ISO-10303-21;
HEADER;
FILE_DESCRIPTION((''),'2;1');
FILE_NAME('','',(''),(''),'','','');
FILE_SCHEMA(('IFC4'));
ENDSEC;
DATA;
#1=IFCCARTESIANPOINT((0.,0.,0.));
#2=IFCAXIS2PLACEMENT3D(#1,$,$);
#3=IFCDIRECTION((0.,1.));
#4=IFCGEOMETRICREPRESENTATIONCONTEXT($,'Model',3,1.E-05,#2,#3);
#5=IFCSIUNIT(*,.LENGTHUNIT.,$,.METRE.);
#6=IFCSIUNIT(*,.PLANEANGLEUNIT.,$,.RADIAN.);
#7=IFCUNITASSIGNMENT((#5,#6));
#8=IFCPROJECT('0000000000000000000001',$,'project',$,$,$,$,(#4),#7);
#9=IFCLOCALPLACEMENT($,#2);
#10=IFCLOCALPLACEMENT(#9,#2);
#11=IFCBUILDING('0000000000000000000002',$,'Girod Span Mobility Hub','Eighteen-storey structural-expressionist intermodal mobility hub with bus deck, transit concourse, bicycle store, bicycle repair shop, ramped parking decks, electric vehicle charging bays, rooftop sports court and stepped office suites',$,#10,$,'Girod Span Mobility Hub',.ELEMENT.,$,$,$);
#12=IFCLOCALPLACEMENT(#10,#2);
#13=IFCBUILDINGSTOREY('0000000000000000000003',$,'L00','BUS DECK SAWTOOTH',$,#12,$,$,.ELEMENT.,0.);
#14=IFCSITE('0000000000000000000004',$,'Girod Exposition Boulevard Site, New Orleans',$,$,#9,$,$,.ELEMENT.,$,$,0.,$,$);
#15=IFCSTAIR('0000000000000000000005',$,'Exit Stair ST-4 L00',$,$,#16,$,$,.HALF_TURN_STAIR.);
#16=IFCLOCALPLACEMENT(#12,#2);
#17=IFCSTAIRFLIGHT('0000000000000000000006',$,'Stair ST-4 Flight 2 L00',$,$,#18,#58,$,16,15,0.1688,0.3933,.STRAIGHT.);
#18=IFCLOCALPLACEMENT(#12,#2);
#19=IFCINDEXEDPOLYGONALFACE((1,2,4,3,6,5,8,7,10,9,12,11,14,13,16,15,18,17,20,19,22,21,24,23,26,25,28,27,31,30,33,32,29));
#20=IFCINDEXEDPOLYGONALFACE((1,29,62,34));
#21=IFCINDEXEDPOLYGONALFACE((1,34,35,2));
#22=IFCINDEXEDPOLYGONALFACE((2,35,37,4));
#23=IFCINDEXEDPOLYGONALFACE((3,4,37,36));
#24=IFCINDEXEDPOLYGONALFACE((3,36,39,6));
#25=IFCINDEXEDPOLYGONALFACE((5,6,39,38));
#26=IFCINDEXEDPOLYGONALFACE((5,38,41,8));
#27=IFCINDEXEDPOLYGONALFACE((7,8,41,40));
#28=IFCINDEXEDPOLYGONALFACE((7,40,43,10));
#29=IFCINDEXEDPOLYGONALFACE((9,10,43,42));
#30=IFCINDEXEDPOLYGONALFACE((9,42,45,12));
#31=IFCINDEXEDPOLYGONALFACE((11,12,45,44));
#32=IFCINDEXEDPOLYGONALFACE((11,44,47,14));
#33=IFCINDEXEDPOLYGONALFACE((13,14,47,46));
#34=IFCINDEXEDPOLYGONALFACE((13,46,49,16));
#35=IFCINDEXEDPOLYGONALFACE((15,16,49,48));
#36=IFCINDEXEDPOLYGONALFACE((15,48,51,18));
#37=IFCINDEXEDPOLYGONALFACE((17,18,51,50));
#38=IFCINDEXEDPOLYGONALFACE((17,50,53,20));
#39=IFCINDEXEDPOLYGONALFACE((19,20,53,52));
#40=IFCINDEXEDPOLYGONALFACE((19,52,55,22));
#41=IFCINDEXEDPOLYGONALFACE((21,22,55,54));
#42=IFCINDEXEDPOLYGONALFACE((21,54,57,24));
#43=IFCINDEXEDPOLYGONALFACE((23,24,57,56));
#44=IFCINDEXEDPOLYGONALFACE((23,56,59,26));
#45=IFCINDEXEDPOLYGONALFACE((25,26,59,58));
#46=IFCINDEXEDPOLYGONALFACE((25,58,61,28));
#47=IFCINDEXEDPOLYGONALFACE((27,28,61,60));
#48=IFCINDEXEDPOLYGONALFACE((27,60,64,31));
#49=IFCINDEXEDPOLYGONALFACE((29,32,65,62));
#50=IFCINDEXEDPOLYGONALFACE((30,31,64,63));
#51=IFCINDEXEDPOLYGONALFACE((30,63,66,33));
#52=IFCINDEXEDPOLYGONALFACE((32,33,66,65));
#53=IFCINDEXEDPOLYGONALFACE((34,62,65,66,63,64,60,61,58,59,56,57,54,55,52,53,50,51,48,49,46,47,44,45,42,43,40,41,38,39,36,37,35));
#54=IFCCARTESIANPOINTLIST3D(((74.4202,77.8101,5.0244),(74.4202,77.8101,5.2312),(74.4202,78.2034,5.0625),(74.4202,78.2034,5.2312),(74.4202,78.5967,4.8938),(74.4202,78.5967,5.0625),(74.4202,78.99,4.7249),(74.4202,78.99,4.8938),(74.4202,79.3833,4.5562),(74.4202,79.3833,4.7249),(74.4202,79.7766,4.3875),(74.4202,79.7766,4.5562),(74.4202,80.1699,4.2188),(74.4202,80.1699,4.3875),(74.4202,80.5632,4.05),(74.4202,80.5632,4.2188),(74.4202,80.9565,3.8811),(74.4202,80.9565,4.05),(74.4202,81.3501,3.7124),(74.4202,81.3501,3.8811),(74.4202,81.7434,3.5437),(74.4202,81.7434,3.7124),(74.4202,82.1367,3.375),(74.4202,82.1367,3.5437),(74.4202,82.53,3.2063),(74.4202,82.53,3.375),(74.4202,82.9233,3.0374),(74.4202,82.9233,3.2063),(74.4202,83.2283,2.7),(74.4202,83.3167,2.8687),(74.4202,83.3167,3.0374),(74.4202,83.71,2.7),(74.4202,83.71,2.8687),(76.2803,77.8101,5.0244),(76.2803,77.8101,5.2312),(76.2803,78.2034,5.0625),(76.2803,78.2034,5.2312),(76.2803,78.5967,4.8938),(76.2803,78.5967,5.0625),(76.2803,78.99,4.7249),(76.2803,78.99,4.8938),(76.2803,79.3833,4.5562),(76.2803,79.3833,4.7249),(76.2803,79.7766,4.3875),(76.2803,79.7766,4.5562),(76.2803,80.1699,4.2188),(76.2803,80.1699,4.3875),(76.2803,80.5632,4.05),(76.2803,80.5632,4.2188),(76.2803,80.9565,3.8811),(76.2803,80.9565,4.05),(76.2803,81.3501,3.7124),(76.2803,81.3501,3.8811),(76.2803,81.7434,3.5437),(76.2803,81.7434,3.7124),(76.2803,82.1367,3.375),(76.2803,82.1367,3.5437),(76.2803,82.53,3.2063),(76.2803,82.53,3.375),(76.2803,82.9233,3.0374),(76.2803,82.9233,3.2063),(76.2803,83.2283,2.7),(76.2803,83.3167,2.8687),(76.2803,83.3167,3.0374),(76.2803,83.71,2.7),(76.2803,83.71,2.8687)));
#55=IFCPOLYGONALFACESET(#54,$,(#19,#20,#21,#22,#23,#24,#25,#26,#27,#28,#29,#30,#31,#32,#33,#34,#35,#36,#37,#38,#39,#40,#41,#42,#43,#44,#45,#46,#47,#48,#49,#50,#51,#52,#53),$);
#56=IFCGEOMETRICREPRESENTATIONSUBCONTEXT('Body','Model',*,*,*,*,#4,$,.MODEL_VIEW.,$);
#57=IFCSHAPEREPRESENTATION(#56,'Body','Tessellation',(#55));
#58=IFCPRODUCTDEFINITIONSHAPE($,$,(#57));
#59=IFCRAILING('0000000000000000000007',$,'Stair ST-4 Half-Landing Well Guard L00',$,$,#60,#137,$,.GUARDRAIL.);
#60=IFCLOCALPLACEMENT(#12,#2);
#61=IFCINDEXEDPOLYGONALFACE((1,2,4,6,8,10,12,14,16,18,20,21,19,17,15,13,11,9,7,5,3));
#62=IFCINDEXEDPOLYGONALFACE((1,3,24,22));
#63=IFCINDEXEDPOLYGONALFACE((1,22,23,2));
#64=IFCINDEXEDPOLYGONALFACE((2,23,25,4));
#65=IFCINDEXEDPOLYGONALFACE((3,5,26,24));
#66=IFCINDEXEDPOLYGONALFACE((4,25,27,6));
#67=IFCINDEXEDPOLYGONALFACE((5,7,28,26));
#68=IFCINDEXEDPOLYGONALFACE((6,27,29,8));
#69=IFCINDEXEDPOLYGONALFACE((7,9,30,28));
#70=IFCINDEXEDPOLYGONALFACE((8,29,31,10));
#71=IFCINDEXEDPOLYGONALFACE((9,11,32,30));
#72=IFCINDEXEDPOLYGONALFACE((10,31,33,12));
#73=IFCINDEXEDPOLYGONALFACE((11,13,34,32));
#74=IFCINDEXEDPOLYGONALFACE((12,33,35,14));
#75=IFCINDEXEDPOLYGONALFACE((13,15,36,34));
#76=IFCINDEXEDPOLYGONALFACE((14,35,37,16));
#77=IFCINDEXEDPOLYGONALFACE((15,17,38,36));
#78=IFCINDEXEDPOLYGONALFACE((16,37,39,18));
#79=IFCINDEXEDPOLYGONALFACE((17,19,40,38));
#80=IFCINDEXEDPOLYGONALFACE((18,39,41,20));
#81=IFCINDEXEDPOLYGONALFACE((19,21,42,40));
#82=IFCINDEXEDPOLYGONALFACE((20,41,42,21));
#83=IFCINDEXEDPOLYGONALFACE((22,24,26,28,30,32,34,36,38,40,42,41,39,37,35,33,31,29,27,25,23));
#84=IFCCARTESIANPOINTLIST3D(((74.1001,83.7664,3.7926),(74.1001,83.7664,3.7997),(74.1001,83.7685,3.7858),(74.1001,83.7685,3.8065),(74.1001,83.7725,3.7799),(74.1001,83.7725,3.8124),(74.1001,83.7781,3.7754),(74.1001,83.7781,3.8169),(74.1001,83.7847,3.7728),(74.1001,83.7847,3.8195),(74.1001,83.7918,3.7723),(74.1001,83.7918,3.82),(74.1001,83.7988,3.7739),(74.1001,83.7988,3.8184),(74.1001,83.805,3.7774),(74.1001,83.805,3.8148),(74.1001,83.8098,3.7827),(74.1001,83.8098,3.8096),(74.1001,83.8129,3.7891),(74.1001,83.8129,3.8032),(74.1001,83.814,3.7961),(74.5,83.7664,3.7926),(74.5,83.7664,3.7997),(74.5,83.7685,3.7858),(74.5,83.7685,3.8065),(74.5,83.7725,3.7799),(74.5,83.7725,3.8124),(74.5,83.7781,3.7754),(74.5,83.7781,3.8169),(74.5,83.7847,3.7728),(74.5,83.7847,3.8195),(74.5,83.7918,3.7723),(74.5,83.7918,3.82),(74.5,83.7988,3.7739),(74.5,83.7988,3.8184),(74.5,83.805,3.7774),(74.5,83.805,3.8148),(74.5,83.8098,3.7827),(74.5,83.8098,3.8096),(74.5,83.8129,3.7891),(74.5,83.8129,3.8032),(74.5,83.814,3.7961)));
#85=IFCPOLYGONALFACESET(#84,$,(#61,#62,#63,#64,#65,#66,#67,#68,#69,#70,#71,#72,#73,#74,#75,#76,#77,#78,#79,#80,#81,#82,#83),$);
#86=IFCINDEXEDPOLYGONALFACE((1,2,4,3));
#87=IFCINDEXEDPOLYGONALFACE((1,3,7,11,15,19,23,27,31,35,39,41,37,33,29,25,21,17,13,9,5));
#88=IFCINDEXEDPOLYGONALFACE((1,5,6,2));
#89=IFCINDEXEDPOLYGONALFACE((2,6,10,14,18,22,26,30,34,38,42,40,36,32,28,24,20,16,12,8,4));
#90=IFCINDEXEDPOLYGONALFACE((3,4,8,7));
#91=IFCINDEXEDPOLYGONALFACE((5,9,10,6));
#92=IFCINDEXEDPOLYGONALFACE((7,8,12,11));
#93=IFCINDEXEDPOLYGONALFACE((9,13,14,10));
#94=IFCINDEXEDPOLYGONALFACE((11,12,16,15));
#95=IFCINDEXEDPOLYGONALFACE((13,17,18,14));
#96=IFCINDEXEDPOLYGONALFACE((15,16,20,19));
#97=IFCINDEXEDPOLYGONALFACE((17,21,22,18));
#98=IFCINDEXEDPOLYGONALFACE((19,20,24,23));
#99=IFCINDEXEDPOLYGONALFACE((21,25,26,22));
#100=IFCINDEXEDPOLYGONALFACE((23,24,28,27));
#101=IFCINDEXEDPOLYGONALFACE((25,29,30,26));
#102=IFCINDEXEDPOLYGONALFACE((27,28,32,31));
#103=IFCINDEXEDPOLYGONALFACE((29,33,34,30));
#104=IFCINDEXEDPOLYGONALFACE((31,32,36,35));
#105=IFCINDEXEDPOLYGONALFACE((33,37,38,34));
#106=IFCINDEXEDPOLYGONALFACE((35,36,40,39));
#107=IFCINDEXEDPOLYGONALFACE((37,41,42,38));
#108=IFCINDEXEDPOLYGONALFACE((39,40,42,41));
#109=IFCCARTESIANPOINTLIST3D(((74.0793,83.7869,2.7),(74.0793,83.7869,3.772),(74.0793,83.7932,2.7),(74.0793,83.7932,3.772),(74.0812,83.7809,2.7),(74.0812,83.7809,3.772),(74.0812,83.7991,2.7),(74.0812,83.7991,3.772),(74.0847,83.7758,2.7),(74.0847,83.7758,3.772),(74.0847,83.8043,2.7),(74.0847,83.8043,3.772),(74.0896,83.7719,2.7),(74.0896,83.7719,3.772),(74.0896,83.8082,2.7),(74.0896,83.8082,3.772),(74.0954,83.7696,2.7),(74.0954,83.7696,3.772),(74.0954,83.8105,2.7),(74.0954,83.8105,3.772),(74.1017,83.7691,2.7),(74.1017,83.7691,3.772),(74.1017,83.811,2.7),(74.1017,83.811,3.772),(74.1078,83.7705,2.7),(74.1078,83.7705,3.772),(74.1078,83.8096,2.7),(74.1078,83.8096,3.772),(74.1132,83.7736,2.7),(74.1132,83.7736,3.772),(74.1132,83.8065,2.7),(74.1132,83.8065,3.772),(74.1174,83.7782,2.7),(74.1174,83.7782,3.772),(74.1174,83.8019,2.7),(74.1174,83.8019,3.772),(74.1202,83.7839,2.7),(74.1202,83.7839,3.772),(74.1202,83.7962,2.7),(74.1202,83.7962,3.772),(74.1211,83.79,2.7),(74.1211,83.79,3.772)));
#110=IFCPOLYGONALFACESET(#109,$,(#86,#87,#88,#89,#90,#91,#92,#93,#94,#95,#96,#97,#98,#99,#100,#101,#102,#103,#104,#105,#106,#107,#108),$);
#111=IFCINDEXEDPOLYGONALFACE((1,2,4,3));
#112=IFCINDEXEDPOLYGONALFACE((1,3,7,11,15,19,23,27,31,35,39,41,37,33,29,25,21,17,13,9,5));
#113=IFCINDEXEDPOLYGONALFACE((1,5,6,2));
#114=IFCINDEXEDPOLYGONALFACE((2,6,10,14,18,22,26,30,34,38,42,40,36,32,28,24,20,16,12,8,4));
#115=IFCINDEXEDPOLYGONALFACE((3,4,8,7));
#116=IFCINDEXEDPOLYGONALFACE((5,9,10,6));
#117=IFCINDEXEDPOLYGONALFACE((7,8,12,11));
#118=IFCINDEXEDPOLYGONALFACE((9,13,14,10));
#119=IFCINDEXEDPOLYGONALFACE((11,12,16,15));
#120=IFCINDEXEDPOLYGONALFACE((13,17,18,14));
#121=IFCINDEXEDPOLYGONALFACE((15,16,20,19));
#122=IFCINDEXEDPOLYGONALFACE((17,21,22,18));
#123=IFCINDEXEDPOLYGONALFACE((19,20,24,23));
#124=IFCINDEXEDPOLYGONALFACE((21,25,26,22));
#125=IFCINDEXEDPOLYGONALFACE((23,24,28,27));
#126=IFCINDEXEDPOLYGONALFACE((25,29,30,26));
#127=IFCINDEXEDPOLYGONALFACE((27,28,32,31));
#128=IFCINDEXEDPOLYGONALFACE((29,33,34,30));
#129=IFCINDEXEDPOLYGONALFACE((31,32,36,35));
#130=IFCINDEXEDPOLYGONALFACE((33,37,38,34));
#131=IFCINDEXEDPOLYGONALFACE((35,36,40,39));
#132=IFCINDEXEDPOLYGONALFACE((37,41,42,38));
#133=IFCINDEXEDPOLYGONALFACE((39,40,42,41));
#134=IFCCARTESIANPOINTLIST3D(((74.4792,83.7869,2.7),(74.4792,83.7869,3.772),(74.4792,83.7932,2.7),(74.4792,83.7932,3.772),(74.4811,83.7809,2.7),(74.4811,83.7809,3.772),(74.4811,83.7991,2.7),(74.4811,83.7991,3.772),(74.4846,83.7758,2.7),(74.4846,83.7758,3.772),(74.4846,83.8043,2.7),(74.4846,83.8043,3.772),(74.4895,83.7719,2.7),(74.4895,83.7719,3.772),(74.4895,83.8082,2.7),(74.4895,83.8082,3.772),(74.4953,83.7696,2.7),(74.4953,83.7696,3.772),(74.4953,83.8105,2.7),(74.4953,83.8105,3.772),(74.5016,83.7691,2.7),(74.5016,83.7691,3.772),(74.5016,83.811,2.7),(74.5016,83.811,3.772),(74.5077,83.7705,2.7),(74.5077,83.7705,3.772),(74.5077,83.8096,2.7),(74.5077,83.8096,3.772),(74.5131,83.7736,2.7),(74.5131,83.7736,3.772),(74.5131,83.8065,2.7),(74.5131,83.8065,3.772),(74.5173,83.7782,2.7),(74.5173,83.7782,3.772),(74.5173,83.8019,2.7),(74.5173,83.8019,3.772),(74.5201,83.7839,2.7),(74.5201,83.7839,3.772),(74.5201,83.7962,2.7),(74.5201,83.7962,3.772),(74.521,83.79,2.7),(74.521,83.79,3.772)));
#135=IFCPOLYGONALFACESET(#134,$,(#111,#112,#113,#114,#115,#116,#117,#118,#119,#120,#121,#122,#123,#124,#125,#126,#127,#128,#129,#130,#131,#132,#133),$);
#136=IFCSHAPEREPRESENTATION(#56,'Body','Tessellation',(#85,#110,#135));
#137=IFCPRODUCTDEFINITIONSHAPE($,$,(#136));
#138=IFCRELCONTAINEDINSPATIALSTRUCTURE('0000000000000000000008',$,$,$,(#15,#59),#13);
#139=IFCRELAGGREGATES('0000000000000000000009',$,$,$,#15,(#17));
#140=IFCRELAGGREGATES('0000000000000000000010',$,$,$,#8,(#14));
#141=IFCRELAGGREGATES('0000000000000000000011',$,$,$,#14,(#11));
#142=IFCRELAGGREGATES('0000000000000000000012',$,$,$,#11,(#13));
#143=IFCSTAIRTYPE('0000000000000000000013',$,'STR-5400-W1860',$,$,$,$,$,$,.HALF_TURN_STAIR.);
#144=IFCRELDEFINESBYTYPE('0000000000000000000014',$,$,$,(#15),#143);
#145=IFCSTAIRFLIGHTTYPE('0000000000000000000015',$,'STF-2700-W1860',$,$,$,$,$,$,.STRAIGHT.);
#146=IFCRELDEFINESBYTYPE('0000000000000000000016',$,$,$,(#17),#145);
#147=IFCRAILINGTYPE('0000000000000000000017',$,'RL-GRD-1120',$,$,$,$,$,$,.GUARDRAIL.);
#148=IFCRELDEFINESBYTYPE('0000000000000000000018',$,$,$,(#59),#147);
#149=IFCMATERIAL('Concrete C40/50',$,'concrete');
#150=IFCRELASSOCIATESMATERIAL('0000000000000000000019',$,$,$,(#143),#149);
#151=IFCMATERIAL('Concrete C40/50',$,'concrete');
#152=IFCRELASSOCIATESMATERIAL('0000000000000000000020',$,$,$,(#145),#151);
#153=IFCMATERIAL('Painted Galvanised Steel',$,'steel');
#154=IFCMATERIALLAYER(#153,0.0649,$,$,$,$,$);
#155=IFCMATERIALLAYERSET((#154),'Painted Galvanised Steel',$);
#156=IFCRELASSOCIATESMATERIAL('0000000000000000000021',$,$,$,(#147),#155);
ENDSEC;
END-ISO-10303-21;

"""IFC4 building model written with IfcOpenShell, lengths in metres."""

from ifc_helpers import new_model, si_unit, direction, frame, origin, origin_2d, place, context, subcontext, project, spatial, polyline, circle, outline, extrude, material, layer, layer_set, type_object, element, aggregate, save


model = new_model("IFC4")

# Units and contexts
model_context = context("Model", 3, precision=1e-05, world=origin(), true_north=direction((0.0, 1.0)))
body_context = subcontext(model_context, "Body", "Model", "MODEL_VIEW")
ifc_project = project(units=[si_unit("LENGTHUNIT", "METRE"), si_unit("PLANEANGLEUNIT", "RADIAN")], contexts=[model_context])

# Site, building, storey
site_placement = place(None, origin())
site = spatial("IfcSite", under=ifc_project, at=site_placement, Name="Girod Exposition Boulevard Site, New Orleans", CompositionType="ELEMENT", RefElevation=0.0)
building_placement = place(site_placement, origin())
building = spatial("IfcBuilding", under=site, at=building_placement, Name="Girod Span Mobility Hub", Description="Eighteen-storey structural-expressionist intermodal mobility hub with bus deck, transit concourse, bicycle store, bicycle repair shop, ramped parking decks, electric vehicle charging bays, rooftop sports court and stepped office suites", LongName="Girod Span Mobility Hub", CompositionType="ELEMENT")
storey_placement = place(building_placement, origin())
storey = spatial("IfcBuildingStorey", under=building, at=storey_placement, Name="L00", Description="BUS DECK SAWTOOTH", CompositionType="ELEMENT", Elevation=0.0)

# Stair, stair flight
ifc_material_1 = material(Name="Concrete C40/50", Category="concrete")
stair_type = type_object("IfcStairType", Name="STR-5400-W1860", PredefinedType="HALF_TURN_STAIR", material=ifc_material_1)
stair_placement = place(storey_placement, origin())
stair = element("IfcStair", 1, at=stair_placement, inside=storey, type_object=stair_type, Name="Exit Stair ST-4 L00", PredefinedType="HALF_TURN_STAIR")
ifc_material_2 = material(Name="Concrete C40/50", Category="concrete")
stair_flight_type = type_object("IfcStairFlightType", Name="STF-2700-W1860", PredefinedType="STRAIGHT", material=ifc_material_2)
stair_flight_1_placement = place(storey_placement, frame((75.3501, 83.71, 2.7), z_axis=(0.0, 0.0, 1.0), x_axis=(0.0, -1.0, 0.0)))
stair_flight_1 = element("IfcStairFlight", 2, at=stair_flight_1_placement, type_object=stair_flight_type, Name="Stair ST-4 Flight 2 L00", NumberOfRisers=16, NumberOfTreads=15, PredefinedType="STRAIGHT", RiserHeight=0.1688, TreadLength=0.3933, context=body_context, shape_type="SweptSolid", body=[
    extrude(outline(polyline([(0.0, 0.0), (0.0, 0.1687), (0.3933, 0.1687), (0.3933, 0.3374), (0.7866, 0.3374), (0.7866, 0.5063), (1.1799, 0.5063), (1.1799, 0.675), (1.5732, 0.675), (1.5732, 0.8438), (1.9666, 0.8438), (1.9666, 1.0125), (2.3599, 1.0125), (2.3599, 1.1812), (2.7534, 1.1812), (2.7534, 1.3501), (3.1467, 1.3501), (3.1467, 1.5188), (3.54, 1.5188), (3.54, 1.6875), (3.9333, 1.6875), (3.9333, 1.8562), (4.3267, 1.8562), (4.3267, 2.0249), (4.72, 2.0249), (4.72, 2.1938), (5.1133, 2.1938), (5.1133, 2.3625), (5.5066, 2.3625), (5.5066, 2.5312), (5.8999, 2.5312), (5.8999, 2.7), (5.8999, 2.3245), (0.4817, 0.0), (0.0, 0.0)])), frame((0.0, 0.9302, 0.0), z_axis=(0.0, -1.0, 0.0), x_axis=(1.0, 0.0, 0.0)), (0.0, 0.0, 1.0), 1.8601),
])
aggregate(stair, [stair_flight_1])

# Railing
ifc_material_3 = material(Name="Painted Galvanised Steel", Category="steel")
ifc_layer_1 = layer(ifc_material_3, 0.0649)
ifc_layer_set_1 = layer_set([ifc_layer_1], Name="Painted Galvanised Steel")
railing_type_1 = type_object("IfcRailingType", Name="RL-GRD-1120", PredefinedType="GUARDRAIL", material=ifc_layer_set_1)
railing_1_placement = place(storey_placement, frame((74.1001, 83.79, 2.7)))
element("IfcRailing", 3, at=railing_1_placement, inside=storey, type_object=railing_type_1, Name="Stair ST-4 Half-Landing Well Guard L00", PredefinedType="GUARDRAIL", context=body_context, shape_type="SweptSolid", body=[
    extrude(circle(Radius=0.0239, at=origin_2d()), frame((0.0, 0.0, 1.0962), z_axis=(1.0, 0.0, 0.0), x_axis=(0.0, 1.0, 0.0)), (0.0, 0.0, 1.0), 0.3999),
    extrude(circle(Radius=0.021, at=origin_2d()), origin(), (0.0, 0.0, 1.0), 1.072),
    extrude(circle(Radius=0.021, at=origin_2d()), frame((0.3999, 0.0, 0.0)), (0.0, 0.0, 1.0), 1.072),
])

save(model, "model.ifc")
